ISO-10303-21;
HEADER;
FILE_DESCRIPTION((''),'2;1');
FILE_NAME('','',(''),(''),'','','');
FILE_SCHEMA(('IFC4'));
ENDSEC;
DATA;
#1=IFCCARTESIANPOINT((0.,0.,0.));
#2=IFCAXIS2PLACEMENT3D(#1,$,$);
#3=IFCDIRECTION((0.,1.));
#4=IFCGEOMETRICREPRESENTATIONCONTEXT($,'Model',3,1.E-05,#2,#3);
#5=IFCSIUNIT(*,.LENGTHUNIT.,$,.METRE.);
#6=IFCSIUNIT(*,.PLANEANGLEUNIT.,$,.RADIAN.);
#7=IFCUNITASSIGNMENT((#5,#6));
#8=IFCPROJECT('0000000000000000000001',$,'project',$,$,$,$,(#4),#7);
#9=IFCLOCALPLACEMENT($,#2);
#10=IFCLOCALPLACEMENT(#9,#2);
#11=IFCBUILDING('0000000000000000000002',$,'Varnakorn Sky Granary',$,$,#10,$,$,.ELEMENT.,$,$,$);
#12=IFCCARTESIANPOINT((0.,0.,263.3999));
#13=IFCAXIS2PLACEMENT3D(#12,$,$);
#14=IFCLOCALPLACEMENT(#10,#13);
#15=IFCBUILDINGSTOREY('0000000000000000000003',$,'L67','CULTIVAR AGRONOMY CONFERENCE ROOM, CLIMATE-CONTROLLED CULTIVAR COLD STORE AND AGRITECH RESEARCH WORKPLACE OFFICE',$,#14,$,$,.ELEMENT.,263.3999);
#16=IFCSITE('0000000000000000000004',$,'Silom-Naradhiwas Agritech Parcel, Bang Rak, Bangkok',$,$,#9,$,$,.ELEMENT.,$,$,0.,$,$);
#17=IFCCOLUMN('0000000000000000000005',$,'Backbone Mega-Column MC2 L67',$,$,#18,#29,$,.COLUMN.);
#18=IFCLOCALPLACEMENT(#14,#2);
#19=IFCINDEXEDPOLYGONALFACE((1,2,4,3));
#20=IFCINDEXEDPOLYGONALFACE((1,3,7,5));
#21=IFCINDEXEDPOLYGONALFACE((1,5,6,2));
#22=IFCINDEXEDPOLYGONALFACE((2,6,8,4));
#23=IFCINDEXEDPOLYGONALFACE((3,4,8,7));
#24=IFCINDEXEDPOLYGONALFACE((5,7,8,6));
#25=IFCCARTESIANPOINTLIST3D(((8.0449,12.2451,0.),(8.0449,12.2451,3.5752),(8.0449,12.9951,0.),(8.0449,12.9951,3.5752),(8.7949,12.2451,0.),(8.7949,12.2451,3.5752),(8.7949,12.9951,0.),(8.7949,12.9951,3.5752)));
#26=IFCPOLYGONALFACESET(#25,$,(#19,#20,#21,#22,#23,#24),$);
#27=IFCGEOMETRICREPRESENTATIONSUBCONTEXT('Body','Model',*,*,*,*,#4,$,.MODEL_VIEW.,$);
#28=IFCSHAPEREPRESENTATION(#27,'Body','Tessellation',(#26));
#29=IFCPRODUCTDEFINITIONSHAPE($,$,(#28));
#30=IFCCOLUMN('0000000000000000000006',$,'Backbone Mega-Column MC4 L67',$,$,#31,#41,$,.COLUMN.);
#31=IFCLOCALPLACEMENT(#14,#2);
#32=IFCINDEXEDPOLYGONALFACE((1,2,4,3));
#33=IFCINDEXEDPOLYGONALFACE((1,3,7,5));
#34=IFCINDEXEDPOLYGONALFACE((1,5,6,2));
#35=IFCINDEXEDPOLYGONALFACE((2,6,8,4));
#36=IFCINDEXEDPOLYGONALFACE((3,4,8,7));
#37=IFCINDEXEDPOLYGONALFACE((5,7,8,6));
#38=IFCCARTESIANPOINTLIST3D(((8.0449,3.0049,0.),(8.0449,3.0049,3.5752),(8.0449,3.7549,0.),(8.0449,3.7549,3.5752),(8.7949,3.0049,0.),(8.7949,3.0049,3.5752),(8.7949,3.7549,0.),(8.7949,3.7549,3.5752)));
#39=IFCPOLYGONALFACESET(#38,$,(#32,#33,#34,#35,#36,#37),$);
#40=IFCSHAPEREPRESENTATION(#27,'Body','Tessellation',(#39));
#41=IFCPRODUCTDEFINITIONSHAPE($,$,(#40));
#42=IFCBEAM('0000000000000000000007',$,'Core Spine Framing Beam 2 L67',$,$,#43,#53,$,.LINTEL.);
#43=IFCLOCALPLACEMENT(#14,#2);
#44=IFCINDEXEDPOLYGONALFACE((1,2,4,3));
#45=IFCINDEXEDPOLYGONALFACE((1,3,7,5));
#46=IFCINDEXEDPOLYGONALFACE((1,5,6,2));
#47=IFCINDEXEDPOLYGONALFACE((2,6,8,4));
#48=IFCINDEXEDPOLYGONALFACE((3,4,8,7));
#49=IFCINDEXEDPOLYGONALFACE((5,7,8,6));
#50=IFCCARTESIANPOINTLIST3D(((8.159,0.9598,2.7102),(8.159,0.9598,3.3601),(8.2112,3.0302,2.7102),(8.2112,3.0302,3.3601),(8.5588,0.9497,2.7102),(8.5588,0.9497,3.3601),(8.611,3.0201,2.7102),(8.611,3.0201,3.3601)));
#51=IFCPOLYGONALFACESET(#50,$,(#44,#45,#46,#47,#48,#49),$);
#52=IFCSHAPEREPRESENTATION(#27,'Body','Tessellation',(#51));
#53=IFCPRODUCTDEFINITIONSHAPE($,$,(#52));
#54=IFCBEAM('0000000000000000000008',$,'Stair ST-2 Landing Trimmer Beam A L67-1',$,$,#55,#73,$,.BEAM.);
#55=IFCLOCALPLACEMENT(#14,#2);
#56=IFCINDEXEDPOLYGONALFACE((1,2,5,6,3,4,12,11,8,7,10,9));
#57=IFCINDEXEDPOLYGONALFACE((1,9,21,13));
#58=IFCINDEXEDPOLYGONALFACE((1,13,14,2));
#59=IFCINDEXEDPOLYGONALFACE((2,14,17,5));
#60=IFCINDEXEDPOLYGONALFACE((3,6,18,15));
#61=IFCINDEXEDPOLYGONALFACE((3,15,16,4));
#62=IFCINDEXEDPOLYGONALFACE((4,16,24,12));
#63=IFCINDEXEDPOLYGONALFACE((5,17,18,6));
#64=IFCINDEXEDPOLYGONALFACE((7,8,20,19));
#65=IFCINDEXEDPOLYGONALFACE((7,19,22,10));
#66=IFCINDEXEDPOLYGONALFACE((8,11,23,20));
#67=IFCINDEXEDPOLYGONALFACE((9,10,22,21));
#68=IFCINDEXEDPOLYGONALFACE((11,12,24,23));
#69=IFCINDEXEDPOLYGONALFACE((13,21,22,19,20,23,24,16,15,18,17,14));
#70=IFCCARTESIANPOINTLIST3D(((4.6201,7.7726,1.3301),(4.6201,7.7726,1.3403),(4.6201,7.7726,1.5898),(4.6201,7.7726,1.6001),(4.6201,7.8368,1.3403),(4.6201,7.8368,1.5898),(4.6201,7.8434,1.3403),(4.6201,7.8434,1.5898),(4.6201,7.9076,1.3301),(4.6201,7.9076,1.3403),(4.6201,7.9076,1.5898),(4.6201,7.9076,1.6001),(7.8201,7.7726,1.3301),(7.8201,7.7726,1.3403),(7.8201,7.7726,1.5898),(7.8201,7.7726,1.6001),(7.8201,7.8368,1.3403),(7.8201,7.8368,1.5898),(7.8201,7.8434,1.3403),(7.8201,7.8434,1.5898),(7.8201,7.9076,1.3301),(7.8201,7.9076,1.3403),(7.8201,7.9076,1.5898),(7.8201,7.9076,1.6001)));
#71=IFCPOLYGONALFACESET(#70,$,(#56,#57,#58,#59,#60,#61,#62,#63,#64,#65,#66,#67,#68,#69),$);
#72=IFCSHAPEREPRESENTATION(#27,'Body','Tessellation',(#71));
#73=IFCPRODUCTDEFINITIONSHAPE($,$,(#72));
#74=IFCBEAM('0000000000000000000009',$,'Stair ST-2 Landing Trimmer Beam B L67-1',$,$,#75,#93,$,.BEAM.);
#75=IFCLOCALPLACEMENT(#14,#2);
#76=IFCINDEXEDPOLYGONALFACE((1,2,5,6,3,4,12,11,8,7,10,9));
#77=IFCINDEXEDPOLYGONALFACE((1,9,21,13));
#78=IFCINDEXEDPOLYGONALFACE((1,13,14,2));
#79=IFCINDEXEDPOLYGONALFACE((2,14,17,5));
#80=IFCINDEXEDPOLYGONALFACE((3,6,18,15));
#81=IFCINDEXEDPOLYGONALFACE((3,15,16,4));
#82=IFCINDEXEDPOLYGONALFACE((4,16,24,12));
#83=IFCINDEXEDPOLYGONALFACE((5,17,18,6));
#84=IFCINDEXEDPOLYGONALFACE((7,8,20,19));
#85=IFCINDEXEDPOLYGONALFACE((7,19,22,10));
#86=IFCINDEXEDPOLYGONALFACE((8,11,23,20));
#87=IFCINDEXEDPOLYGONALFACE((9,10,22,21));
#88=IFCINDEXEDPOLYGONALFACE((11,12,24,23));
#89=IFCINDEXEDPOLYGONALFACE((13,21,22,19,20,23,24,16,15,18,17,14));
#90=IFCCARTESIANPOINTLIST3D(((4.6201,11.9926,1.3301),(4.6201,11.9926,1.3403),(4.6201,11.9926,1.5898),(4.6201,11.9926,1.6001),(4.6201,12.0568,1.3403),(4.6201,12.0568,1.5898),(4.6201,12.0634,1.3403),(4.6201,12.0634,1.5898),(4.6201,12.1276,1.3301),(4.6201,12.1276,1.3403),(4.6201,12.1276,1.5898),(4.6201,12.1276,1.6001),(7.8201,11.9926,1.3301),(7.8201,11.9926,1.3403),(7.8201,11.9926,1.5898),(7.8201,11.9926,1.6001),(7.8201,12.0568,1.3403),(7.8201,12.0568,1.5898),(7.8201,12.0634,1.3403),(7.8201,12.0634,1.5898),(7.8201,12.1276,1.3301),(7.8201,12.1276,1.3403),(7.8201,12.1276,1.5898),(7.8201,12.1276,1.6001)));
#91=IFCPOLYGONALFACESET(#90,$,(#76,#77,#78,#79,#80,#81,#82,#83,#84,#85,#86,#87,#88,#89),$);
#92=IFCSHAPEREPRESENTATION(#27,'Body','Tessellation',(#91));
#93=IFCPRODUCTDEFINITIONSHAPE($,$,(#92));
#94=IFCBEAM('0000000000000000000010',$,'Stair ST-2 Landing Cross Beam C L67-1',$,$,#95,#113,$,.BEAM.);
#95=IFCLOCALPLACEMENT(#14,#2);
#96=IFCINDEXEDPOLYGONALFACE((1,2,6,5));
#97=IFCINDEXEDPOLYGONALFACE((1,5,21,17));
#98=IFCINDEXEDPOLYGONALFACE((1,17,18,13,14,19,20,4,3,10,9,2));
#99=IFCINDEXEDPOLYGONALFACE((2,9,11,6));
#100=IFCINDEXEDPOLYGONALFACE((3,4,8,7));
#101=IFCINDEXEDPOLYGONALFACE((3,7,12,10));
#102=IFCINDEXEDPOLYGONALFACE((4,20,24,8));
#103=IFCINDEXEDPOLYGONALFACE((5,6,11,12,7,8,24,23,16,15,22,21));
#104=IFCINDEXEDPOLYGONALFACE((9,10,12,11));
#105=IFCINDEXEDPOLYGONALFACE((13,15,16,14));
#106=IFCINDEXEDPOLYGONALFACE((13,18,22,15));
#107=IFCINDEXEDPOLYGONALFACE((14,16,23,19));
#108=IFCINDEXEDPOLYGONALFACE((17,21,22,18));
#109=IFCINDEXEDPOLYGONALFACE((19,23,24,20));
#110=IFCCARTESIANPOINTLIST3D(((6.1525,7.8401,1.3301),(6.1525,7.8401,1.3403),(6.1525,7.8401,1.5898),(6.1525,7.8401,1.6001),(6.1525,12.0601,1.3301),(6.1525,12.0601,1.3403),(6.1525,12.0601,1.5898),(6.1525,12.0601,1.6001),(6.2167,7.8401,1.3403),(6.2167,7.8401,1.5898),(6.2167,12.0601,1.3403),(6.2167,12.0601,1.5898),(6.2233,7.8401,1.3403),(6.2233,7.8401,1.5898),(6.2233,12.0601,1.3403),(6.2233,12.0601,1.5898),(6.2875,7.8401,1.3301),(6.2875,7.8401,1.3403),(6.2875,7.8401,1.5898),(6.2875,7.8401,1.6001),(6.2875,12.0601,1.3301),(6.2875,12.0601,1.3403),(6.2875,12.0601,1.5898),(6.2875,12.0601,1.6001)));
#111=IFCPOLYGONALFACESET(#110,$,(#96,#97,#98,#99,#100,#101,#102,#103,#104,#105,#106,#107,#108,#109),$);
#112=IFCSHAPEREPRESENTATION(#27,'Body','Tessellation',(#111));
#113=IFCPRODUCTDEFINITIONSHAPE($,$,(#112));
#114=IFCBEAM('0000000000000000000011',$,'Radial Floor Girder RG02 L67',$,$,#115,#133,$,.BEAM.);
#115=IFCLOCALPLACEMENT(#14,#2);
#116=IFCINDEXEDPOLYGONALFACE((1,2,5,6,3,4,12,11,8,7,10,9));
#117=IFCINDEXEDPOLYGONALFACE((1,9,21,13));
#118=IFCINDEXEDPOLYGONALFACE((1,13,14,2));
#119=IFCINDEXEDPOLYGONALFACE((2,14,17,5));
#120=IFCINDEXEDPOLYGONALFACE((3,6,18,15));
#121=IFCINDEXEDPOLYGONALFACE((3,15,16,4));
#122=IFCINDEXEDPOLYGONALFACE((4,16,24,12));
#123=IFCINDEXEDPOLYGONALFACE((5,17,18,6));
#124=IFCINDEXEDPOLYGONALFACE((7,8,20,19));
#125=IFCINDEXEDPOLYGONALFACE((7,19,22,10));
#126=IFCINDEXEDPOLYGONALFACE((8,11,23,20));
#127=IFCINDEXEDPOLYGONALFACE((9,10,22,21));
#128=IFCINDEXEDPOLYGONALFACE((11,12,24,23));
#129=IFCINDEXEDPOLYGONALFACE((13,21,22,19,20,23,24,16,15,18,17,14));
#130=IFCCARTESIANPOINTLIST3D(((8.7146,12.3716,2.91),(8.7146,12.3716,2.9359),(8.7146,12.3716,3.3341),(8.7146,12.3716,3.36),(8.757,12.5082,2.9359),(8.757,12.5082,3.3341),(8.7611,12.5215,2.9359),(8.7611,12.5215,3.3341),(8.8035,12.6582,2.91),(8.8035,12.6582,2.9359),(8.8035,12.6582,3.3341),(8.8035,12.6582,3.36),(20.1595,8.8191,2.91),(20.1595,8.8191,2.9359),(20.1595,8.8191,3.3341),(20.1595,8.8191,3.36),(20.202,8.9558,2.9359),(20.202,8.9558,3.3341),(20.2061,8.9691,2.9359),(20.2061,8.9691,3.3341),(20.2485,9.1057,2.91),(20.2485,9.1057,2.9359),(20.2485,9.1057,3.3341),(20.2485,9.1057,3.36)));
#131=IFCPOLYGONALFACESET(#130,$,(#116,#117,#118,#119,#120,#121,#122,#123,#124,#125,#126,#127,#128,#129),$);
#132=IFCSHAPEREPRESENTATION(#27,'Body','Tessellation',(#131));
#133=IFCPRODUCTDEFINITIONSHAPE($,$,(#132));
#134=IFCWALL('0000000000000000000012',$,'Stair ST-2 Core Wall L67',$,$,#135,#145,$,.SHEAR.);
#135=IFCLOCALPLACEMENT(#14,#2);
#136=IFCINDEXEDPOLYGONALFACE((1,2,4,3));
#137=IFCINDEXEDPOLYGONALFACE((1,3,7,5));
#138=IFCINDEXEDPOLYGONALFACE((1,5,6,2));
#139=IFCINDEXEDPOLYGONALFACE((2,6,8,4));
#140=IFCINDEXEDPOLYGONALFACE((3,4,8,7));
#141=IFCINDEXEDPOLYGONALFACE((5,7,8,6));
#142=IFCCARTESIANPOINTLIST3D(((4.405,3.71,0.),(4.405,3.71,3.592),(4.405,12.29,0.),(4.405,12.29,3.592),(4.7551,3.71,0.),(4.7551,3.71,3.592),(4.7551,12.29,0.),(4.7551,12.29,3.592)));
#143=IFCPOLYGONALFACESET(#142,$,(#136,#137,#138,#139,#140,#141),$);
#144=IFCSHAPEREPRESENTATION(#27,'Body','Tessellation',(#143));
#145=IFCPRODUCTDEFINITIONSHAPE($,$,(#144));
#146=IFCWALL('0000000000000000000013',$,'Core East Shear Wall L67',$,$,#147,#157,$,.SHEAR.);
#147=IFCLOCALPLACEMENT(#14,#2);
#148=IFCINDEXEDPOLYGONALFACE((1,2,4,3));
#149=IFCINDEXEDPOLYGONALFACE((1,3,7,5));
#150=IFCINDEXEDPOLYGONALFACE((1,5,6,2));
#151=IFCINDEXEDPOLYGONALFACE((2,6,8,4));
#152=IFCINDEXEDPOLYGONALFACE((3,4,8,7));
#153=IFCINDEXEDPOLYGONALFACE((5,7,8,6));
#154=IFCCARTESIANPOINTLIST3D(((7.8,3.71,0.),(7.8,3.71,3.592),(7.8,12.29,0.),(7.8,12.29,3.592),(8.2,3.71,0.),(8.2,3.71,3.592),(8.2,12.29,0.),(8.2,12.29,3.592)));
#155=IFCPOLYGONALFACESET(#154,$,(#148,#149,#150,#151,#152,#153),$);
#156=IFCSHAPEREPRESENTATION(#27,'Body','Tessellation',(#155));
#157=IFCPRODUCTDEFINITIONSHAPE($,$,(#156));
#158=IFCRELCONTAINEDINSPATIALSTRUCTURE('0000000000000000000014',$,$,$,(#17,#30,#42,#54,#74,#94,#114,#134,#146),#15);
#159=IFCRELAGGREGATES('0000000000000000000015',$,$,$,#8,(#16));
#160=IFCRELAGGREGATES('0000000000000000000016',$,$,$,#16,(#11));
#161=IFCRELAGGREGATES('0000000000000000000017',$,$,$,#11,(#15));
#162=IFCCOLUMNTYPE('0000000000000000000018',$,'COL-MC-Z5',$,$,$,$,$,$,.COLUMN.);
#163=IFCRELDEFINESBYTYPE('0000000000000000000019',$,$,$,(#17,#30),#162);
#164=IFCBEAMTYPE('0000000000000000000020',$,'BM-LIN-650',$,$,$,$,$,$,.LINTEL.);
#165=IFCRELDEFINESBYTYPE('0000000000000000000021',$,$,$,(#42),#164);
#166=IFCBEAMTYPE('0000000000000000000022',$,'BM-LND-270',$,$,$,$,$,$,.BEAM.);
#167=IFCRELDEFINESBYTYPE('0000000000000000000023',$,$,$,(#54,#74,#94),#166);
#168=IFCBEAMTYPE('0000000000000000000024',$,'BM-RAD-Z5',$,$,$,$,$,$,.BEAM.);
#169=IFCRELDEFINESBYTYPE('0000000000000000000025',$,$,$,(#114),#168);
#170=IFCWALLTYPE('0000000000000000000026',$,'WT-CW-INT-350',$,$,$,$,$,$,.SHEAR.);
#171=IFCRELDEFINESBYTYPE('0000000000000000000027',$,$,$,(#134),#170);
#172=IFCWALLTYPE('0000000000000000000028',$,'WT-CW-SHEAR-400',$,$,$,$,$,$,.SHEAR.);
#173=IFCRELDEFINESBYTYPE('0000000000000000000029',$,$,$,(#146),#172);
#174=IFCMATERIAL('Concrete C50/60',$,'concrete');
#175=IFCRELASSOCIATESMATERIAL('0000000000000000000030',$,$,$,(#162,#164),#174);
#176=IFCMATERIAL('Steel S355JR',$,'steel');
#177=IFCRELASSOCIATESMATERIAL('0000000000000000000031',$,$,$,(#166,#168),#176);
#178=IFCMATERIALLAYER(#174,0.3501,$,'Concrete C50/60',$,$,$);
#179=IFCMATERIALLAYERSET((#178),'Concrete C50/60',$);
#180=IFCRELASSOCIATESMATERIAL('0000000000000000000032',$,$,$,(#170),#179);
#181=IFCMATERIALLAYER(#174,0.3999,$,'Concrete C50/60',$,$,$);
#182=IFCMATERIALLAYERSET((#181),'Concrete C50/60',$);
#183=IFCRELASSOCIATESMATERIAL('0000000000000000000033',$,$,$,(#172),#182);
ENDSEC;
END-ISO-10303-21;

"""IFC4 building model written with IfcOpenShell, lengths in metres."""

from ifc_helpers import new_model, si_unit, direction, frame, frame_2d, origin, origin_2d, place, context, subcontext, project, spatial, rectangle, i_section, extrude, material, layer, layer_set, material_profile, profile_set, type_object, element, save


model = new_model("IFC4")

# Units and contexts
model_context = context("Model", 3, precision=1e-05, world=origin(), true_north=direction((0.0, 1.0)))
body_context = subcontext(model_context, "Body", "Model", "MODEL_VIEW")
ifc_project = project(units=[si_unit("LENGTHUNIT", "METRE"), si_unit("PLANEANGLEUNIT", "RADIAN")], contexts=[model_context])

# Site, building, storey
site_placement = place(None, origin())
site = spatial("IfcSite", under=ifc_project, at=site_placement, Name="Silom-Naradhiwas Agritech Parcel, Bang Rak, Bangkok", CompositionType="ELEMENT", RefElevation=0.0)
building_placement = place(site_placement, origin())
building = spatial("IfcBuilding", under=site, at=building_placement, Name="Varnakorn Sky Granary", CompositionType="ELEMENT")
storey_placement = place(building_placement, frame((0.0, 0.0, 263.3999)))
storey = spatial("IfcBuildingStorey", under=building, at=storey_placement, Name="L67", Description="CULTIVAR AGRONOMY CONFERENCE ROOM, CLIMATE-CONTROLLED CULTIVAR COLD STORE AND AGRITECH RESEARCH WORKPLACE OFFICE", CompositionType="ELEMENT", Elevation=263.3999)

# Columns
ifc_material_1 = material(Name="Concrete C50/60", Category="concrete")
ifc_material_profile_1 = material_profile(ifc_material_1, rectangle(XDim=0.75, YDim=0.75, at=origin_2d()), Name="RC 750x750")
ifc_profile_set_1 = profile_set([ifc_material_profile_1], Name="Concrete C50/60")
column_type = type_object("IfcColumnType", Name="COL-MC-Z5", PredefinedType="COLUMN", material=ifc_profile_set_1)
for number, where, z_axis, x_axis, name in (
    (1, (8.4199, 12.6201, 0.0), (0.0, 0.0, 1.0), (1.0, 0.0, 0.0), "Backbone Mega-Column MC2 L67"),
    (2, (8.4199, 3.3799, 0.0), (0.0, 0.0, 1.0), (1.0, 0.0, 0.0), "Backbone Mega-Column MC4 L67"),
):
    element("IfcColumn", number, at=place(storey_placement, frame(where, z_axis=z_axis, x_axis=x_axis)), inside=storey, type_object=column_type, Name=name, PredefinedType="COLUMN", context=body_context, shape_type="SweptSolid", body=[
        extrude(rectangle(XDim=0.75, YDim=0.75, at=origin_2d()), origin(), (0.0, 0.0, 1.0), 3.5752),
    ])

# Beams
ifc_material_profile_2 = material_profile(ifc_material_1, rectangle(XDim=0.3999, YDim=0.6499, at=origin_2d()), Name="RC 400x650")
ifc_profile_set_2 = profile_set([ifc_material_profile_2], Name="Concrete C50/60")
beam_type_1 = type_object("IfcBeamType", Name="BM-LIN-650", PredefinedType="LINTEL", material=ifc_profile_set_2)
beam_1_placement = place(storey_placement, frame((8.4111, 3.0251, 3.0352), z_axis=(-0.025228, -0.999682, 0.0), x_axis=(0.999682, -0.025228, 0.0)))
element("IfcBeam", 3, at=beam_1_placement, inside=storey, type_object=beam_type_1, Name="Core Spine Framing Beam 2 L67", PredefinedType="LINTEL", context=body_context, shape_type="SweptSolid", body=[
    extrude(rectangle(XDim=0.3999, YDim=0.6499, at=origin_2d()), origin(), (0.0, 0.0, 1.0), 2.071),
])
ifc_material_2 = material(Name="Steel S355JR", Category="steel")
ifc_material_profile_3 = material_profile(ifc_material_2, i_section(OverallWidth=0.135, OverallDepth=0.27, WebThickness=0.0066, FlangeThickness=0.0103, at=origin_2d()), Name="IPE 270")
ifc_profile_set_3 = profile_set([ifc_material_profile_3], Name="Steel S355JR")
beam_type_2 = type_object("IfcBeamType", Name="BM-LND-270", PredefinedType="BEAM", material=ifc_profile_set_3)
for number, where, z_axis, x_axis, name in (
    (4, (4.6201, 7.8401, 1.4651), (1.0, 0.0, 0.0), (0.0, 1.0, 0.0), "Stair ST-2 Landing Trimmer Beam A L67-1"),
    (5, (4.6201, 12.0601, 1.4651), (1.0, 0.0, 0.0), (0.0, 1.0, 0.0), "Stair ST-2 Landing Trimmer Beam B L67-1"),
):
    element("IfcBeam", number, at=place(storey_placement, frame(where, z_axis=z_axis, x_axis=x_axis)), inside=storey, type_object=beam_type_2, Name=name, PredefinedType="BEAM", context=body_context, shape_type="SweptSolid", body=[
        extrude(i_section(OverallWidth=0.135, OverallDepth=0.27, WebThickness=0.0066, FlangeThickness=0.0103, at=origin_2d()), origin(), (0.0, 0.0, 1.0), 3.2),
    ])
beam_2_placement = place(storey_placement, frame((6.22, 7.8401, 1.4651), z_axis=(0.0, 1.0, 0.0), x_axis=(-1.0, 0.0, 0.0)))
element("IfcBeam", 6, at=beam_2_placement, inside=storey, type_object=beam_type_2, Name="Stair ST-2 Landing Cross Beam C L67-1", PredefinedType="BEAM", context=body_context, shape_type="SweptSolid", body=[
    extrude(i_section(OverallWidth=0.135, OverallDepth=0.27, WebThickness=0.0066, FlangeThickness=0.0103, at=origin_2d()), origin(), (0.0, 0.0, 1.0), 4.22),
])
ifc_material_profile_4 = material_profile(ifc_material_2, i_section(OverallWidth=0.3, OverallDepth=0.45, WebThickness=0.0139, FlangeThickness=0.0259, at=origin_2d()), Name="HE 450 B")
ifc_profile_set_4 = profile_set([ifc_material_profile_4], Name="Steel S355JR")
beam_type_3 = type_object("IfcBeamType", Name="BM-RAD-Z5", PredefinedType="BEAM", material=ifc_profile_set_4)
beam_3_placement = place(storey_placement, frame((8.759, 12.5149, 3.135), z_axis=(0.955051, -0.296443, 0.0), x_axis=(0.296443, 0.955051, 0.0)))
element("IfcBeam", 7, at=beam_3_placement, inside=storey, type_object=beam_type_3, Name="Radial Floor Girder RG02 L67", PredefinedType="BEAM", context=body_context, shape_type="SweptSolid", body=[
    extrude(i_section(OverallWidth=0.3, OverallDepth=0.45, WebThickness=0.0139, FlangeThickness=0.0259, at=origin_2d()), origin(), (0.0, 0.0, 1.0), 11.9836),
])

# Walls
ifc_layer_1 = layer(ifc_material_1, 0.3501, Name="Concrete C50/60")
ifc_layer_set_1 = layer_set([ifc_layer_1], Name="Concrete C50/60")
wall_type_1 = type_object("IfcWallType", Name="WT-CW-INT-350", PredefinedType="SHEAR", material=ifc_layer_set_1)
wall_1_placement = place(storey_placement, frame((4.5801, 3.71, 0.0), z_axis=(0.0, 0.0, 1.0), x_axis=(0.0, 1.0, 0.0)))
element("IfcWall", 8, at=wall_1_placement, inside=storey, type_object=wall_type_1, Name="Stair ST-2 Core Wall L67", PredefinedType="SHEAR", context=body_context, shape_type="SweptSolid", body=[
    extrude(rectangle(XDim=8.5801, YDim=0.3501, at=frame_2d((4.29, 0.0))), origin(), (0.0, 0.0, 1.0), 3.592),
])
ifc_layer_2 = layer(ifc_material_1, 0.3999, Name="Concrete C50/60")
ifc_layer_set_2 = layer_set([ifc_layer_2], Name="Concrete C50/60")
wall_type_2 = type_object("IfcWallType", Name="WT-CW-SHEAR-400", PredefinedType="SHEAR", material=ifc_layer_set_2)
wall_2_placement = place(storey_placement, frame((8.0, 3.71, 0.0), z_axis=(0.0, 0.0, 1.0), x_axis=(0.0, 1.0, 0.0)))
element("IfcWall", 9, at=wall_2_placement, inside=storey, type_object=wall_type_2, Name="Core East Shear Wall L67", PredefinedType="SHEAR", context=body_context, shape_type="SweptSolid", body=[
    extrude(rectangle(XDim=8.5801, YDim=0.3999, at=frame_2d((4.29, 0.0))), origin(), (0.0, 0.0, 1.0), 3.592),
])

save(model, "model.ifc")
